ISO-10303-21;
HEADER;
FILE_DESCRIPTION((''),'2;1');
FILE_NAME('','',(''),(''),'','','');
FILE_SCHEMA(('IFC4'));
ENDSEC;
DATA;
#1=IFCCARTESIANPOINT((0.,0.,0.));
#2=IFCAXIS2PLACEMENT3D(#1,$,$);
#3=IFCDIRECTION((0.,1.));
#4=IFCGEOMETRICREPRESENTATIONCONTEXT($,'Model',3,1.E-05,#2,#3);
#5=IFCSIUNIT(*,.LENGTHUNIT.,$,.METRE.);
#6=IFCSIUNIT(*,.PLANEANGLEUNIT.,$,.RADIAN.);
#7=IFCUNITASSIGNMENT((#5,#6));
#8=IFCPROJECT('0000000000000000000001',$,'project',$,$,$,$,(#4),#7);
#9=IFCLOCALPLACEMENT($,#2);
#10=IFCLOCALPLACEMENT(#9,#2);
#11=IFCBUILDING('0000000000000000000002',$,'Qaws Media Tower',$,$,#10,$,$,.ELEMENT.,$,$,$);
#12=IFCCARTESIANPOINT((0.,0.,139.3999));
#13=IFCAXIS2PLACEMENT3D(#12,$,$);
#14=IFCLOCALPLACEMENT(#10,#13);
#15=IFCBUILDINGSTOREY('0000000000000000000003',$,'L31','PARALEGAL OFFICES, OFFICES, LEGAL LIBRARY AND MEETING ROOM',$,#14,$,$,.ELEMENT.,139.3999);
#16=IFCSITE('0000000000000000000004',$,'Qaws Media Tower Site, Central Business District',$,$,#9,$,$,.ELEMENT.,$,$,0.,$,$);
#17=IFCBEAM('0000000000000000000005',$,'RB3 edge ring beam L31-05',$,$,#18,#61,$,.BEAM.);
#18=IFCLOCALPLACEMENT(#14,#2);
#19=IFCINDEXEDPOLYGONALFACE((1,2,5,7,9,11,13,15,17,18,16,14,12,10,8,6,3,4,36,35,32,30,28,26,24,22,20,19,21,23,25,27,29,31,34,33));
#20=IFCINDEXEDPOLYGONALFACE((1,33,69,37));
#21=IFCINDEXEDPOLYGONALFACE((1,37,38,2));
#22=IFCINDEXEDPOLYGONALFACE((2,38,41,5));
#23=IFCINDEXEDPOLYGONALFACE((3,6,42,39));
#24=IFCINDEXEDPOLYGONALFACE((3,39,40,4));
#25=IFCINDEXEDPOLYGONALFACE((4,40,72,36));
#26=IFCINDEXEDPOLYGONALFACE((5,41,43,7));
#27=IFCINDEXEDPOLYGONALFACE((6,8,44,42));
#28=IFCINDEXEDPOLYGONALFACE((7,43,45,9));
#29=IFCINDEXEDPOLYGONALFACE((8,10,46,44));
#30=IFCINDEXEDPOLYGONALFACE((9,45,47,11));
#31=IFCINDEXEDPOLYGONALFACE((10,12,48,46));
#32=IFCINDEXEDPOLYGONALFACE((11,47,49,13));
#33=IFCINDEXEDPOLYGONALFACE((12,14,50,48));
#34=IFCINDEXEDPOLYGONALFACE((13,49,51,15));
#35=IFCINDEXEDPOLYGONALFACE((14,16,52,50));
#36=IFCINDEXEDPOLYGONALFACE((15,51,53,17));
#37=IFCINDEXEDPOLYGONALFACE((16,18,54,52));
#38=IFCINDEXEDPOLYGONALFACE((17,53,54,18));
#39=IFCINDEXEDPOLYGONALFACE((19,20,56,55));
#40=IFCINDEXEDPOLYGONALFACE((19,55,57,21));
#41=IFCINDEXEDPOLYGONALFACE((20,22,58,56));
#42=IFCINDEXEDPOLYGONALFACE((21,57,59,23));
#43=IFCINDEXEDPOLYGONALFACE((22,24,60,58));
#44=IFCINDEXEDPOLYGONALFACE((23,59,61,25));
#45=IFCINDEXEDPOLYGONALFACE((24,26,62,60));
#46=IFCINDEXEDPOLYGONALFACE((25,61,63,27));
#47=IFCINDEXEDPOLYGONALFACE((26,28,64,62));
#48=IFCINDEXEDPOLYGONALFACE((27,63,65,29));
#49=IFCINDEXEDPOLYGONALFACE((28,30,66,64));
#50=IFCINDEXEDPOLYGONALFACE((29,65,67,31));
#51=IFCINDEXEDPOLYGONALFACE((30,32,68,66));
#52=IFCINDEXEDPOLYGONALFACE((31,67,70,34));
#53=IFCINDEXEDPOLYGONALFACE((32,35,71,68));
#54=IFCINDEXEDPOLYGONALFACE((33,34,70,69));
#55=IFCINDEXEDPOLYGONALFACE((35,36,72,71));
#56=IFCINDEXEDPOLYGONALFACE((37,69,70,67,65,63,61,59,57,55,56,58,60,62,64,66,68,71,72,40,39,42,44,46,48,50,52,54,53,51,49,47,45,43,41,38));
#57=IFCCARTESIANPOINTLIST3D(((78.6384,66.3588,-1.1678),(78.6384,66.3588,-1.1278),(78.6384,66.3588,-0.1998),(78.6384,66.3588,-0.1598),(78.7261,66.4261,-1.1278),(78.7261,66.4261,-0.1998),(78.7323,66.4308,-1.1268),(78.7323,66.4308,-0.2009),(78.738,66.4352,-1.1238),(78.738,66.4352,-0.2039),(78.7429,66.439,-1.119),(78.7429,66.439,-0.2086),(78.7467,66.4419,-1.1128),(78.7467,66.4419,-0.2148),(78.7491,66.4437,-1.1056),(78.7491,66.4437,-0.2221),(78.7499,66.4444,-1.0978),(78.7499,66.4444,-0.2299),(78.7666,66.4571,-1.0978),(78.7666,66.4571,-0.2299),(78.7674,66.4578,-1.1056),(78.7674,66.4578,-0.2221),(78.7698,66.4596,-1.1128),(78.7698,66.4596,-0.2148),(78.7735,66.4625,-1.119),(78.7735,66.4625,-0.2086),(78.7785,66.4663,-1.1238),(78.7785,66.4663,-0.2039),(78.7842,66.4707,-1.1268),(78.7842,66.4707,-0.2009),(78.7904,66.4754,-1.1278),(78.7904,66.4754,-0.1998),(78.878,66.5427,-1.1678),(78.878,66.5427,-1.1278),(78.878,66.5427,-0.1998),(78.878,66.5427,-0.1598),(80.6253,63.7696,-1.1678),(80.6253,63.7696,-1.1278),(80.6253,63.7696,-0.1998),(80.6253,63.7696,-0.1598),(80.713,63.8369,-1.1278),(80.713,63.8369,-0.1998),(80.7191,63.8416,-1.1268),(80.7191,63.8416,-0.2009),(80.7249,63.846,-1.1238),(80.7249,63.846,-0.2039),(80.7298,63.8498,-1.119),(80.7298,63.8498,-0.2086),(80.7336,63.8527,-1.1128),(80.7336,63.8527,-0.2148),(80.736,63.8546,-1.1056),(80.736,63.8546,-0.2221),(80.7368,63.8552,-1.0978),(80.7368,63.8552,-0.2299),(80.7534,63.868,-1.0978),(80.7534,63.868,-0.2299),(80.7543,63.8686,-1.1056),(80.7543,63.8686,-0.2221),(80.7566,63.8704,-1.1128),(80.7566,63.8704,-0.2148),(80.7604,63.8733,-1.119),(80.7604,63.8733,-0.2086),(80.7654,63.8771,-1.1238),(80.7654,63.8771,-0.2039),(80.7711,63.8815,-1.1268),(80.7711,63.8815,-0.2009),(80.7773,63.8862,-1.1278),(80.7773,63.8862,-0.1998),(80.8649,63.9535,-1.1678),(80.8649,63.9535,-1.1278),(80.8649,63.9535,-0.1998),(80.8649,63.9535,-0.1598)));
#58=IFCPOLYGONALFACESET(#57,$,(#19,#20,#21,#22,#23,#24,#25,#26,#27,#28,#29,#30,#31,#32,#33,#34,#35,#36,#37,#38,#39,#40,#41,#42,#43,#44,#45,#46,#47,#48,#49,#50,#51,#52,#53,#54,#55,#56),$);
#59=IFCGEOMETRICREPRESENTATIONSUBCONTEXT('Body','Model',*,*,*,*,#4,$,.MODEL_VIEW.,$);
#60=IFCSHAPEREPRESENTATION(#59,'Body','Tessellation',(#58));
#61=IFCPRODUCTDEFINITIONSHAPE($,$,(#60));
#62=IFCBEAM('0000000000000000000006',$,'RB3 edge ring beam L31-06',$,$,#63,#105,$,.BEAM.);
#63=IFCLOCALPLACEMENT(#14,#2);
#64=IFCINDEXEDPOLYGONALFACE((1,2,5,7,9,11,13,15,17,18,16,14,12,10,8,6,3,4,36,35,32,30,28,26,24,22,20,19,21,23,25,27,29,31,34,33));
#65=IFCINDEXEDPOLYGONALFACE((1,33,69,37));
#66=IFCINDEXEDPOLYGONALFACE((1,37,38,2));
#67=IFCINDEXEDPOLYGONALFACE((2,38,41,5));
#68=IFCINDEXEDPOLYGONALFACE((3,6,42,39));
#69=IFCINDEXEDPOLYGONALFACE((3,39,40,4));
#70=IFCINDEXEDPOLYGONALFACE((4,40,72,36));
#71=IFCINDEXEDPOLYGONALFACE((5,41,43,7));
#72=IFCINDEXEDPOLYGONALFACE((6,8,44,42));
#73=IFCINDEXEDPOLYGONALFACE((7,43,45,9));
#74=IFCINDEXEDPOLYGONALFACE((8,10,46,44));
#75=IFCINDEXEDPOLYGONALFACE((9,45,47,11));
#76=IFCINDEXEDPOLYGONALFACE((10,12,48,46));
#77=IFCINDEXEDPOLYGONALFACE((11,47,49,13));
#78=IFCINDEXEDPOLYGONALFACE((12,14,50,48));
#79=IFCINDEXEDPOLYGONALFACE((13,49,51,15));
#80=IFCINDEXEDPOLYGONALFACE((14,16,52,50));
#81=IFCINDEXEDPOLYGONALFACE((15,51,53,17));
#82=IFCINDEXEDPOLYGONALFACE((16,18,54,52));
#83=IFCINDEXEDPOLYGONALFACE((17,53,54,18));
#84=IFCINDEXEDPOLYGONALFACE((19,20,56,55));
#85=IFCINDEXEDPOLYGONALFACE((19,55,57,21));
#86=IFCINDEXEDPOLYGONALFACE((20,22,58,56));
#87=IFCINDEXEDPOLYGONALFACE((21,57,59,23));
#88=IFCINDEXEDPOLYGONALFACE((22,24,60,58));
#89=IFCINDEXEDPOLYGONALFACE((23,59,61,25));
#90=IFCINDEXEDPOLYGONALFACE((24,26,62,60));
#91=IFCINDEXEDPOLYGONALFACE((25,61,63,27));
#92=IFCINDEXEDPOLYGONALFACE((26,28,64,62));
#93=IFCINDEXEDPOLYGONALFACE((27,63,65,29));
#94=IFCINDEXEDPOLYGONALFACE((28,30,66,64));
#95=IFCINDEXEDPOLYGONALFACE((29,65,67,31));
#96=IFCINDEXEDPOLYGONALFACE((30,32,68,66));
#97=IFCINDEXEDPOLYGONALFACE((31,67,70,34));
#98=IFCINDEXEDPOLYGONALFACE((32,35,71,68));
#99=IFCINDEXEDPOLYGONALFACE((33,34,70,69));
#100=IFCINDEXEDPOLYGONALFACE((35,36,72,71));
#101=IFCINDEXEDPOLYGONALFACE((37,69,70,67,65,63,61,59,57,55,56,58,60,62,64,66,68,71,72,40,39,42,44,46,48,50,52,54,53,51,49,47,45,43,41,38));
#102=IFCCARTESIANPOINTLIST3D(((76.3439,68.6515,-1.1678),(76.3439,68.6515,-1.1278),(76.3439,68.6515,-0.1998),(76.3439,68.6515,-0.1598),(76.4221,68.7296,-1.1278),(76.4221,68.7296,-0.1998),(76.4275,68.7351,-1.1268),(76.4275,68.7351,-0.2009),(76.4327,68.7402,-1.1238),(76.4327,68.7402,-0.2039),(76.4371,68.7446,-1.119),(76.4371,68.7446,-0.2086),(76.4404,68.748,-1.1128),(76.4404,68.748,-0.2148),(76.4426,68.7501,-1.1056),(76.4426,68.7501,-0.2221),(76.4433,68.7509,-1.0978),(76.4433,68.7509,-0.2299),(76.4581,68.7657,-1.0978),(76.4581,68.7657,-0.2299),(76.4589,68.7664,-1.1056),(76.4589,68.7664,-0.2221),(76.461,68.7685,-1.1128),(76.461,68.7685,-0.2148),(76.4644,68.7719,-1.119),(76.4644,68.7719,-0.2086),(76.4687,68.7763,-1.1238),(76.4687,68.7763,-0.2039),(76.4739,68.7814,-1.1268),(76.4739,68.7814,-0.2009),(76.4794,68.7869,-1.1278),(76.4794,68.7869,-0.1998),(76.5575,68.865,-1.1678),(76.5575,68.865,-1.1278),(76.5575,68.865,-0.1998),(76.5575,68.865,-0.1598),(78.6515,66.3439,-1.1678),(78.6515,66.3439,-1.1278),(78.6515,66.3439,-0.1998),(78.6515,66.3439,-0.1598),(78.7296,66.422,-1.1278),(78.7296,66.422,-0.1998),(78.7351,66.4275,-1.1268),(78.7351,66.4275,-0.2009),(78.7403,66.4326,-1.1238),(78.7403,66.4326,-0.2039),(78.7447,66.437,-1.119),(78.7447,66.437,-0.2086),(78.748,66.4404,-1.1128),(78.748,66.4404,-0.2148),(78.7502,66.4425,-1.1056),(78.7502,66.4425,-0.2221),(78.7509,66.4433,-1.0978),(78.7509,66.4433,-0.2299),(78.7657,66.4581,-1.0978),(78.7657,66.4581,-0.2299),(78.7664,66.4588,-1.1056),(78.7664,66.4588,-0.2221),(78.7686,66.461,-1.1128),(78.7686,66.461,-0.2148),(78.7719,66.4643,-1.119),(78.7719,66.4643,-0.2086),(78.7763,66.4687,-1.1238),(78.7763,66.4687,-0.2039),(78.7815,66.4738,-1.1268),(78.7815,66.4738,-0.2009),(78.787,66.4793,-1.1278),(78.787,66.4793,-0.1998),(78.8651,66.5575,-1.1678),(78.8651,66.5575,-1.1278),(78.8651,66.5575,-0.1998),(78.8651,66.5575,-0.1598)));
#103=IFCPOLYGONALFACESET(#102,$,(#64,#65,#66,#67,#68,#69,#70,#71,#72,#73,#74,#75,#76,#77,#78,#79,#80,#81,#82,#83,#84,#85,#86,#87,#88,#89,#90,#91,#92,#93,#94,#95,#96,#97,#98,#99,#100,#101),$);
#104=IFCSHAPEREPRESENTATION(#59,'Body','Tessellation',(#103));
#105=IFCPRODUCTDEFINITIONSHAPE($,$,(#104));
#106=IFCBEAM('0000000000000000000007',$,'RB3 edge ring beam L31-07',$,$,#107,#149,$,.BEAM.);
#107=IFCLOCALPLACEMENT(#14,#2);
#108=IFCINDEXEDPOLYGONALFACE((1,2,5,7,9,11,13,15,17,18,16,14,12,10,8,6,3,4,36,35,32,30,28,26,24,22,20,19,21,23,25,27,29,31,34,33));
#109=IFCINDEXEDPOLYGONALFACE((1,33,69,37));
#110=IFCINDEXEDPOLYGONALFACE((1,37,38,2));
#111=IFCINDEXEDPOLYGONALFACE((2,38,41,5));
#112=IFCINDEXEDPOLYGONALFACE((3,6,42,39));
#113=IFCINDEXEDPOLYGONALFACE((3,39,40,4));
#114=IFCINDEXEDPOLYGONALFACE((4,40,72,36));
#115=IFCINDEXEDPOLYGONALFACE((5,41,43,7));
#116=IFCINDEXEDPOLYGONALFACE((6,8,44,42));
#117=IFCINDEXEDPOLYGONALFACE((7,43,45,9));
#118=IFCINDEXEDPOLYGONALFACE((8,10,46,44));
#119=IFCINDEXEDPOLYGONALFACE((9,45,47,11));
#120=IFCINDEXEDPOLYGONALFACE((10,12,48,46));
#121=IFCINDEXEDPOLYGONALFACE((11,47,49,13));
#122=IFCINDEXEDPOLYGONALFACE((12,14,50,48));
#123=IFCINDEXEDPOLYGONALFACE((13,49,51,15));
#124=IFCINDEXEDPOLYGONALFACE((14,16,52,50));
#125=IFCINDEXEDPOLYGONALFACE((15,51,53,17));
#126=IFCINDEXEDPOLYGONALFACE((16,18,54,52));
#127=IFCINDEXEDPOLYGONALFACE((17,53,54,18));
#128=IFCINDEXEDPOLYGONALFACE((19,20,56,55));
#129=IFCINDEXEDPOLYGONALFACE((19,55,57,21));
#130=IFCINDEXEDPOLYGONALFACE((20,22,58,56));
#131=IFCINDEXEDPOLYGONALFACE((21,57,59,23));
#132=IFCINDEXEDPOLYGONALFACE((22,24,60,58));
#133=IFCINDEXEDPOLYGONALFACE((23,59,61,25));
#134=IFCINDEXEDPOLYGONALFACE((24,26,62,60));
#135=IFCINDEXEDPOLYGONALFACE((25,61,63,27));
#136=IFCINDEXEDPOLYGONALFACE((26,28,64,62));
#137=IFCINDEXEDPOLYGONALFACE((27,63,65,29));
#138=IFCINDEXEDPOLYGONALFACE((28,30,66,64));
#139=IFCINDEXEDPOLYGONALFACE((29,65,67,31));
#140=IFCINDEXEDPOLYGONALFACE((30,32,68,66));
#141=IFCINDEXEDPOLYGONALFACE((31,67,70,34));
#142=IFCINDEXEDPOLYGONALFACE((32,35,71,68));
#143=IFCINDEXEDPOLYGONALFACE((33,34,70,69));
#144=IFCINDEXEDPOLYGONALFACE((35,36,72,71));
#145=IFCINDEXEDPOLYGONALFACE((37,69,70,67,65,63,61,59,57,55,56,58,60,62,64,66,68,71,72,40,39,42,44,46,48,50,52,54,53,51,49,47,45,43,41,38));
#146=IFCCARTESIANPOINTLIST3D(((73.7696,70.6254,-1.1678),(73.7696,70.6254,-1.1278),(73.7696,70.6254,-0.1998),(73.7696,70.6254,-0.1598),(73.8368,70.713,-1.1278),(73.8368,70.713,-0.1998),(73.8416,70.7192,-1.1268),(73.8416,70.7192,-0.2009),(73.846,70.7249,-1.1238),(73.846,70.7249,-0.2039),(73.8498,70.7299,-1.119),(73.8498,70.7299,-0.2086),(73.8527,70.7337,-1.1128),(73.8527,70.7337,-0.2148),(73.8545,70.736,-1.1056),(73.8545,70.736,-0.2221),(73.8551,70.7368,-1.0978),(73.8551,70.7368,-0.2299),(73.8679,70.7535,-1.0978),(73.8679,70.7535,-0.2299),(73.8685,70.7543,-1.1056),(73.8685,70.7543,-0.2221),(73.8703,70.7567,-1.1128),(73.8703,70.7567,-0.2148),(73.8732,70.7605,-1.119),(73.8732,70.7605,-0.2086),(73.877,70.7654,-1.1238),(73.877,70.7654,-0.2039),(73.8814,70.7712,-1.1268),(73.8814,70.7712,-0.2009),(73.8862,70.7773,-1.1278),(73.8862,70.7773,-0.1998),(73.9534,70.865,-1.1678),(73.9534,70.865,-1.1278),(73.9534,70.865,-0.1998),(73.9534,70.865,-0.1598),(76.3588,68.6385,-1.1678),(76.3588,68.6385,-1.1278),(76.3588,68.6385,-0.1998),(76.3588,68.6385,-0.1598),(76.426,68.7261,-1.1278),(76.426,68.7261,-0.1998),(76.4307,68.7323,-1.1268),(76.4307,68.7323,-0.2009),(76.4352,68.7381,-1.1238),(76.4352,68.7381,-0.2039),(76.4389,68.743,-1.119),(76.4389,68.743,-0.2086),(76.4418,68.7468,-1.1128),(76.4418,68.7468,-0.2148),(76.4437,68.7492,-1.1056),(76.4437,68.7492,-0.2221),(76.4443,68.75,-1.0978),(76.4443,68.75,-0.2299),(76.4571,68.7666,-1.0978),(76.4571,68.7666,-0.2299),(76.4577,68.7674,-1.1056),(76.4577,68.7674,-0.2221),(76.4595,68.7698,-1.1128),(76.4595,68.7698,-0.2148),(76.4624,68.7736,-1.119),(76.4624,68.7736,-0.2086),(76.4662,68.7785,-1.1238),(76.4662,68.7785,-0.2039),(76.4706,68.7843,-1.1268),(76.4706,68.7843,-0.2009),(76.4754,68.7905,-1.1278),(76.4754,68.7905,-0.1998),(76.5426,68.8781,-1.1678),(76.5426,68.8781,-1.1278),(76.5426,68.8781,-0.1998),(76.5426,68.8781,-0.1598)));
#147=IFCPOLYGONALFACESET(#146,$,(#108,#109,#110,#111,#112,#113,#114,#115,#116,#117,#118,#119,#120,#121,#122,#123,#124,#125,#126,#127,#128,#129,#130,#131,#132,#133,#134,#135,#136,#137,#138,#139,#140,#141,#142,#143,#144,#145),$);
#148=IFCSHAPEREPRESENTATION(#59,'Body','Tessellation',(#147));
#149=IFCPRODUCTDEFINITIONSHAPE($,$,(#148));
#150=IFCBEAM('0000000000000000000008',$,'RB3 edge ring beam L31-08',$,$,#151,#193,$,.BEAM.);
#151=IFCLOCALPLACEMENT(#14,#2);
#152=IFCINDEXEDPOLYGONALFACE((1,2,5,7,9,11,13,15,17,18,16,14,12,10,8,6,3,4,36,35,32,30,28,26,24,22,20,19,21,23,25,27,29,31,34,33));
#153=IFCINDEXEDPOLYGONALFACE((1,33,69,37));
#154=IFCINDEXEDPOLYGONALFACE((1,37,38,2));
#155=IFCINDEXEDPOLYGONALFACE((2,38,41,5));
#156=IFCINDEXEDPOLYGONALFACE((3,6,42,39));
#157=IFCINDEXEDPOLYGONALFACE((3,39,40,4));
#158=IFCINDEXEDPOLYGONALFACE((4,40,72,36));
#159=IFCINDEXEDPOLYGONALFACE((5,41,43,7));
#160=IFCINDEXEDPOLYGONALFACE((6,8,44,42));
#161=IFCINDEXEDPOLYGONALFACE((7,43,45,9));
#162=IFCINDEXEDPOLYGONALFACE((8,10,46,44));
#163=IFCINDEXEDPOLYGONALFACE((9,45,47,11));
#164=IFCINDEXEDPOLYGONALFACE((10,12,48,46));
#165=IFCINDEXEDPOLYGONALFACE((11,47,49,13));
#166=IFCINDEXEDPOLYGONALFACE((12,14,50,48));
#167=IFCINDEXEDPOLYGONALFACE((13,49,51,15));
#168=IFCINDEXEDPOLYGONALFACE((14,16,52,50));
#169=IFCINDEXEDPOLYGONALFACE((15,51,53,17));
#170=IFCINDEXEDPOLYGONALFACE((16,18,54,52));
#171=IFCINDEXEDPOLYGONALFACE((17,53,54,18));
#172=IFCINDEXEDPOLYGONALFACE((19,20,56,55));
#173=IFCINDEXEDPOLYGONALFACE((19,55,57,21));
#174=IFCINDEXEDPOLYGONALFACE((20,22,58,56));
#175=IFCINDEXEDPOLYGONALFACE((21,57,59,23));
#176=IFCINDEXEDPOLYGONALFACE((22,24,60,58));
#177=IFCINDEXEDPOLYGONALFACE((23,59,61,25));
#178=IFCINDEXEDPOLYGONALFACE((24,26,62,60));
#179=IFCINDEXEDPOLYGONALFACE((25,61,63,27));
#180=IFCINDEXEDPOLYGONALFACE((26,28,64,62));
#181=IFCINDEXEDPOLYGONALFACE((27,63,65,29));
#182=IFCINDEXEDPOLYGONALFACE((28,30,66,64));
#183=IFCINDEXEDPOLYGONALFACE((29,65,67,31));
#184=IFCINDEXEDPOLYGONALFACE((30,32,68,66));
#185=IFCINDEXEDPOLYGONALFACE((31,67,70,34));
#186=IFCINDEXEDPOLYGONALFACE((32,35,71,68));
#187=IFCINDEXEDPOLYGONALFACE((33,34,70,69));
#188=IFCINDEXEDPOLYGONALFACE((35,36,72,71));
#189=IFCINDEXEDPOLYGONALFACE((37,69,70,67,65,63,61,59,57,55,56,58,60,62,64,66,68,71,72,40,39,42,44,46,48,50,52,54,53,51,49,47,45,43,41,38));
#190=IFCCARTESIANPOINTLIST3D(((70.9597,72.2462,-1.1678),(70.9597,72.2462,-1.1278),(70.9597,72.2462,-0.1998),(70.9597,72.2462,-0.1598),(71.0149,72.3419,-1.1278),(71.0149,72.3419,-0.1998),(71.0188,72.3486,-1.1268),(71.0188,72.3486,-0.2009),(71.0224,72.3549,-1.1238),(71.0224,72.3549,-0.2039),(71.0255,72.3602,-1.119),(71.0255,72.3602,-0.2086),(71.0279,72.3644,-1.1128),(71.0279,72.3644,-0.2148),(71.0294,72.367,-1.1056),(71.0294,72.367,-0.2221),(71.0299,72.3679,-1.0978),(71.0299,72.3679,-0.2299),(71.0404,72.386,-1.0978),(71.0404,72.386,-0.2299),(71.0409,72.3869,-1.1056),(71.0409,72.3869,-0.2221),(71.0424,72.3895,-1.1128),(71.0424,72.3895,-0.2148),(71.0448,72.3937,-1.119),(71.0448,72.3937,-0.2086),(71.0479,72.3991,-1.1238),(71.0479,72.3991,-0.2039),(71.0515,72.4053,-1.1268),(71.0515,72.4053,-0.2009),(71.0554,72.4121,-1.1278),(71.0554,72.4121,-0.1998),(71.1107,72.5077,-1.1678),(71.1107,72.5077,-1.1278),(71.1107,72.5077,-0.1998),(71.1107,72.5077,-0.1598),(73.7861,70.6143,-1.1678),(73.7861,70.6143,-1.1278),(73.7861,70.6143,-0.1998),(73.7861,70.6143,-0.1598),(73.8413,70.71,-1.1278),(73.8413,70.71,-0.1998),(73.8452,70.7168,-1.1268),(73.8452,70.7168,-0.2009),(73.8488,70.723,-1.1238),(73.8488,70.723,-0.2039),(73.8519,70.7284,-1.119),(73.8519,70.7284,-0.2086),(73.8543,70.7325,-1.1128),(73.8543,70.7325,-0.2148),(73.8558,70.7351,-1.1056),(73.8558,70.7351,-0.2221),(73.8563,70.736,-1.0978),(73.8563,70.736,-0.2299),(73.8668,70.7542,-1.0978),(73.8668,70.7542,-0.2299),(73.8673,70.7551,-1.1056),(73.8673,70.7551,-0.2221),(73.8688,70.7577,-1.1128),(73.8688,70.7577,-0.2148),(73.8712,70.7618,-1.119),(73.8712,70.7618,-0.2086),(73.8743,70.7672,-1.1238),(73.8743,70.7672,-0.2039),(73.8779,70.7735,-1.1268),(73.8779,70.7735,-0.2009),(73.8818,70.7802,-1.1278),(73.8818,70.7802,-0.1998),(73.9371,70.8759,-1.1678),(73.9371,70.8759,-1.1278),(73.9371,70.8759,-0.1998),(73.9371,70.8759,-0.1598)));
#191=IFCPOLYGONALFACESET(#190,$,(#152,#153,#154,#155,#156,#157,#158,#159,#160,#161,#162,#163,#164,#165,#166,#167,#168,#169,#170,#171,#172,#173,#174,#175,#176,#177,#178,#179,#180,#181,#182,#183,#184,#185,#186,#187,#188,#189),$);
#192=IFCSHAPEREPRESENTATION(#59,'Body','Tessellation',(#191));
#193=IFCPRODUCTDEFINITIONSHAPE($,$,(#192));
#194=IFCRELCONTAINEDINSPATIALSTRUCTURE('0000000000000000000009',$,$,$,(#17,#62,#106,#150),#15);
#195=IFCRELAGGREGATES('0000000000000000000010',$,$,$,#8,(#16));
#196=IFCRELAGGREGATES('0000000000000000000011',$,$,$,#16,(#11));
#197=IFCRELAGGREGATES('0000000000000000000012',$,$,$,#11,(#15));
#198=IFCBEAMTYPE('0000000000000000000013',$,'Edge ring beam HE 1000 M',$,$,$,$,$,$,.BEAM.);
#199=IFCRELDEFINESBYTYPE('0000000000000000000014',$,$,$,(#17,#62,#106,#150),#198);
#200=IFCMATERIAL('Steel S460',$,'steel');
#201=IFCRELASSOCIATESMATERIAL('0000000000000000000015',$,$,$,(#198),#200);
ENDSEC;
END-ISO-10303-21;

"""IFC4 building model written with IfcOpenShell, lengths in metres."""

from ifc_helpers import new_model, si_unit, direction, frame, origin, origin_2d, place, context, subcontext, project, spatial, i_section, extrude, material, material_profile, profile_set, type_object, element, save


model = new_model("IFC4")

# Units and contexts
model_context = context("Model", 3, precision=1e-05, world=origin(), true_north=direction((0.0, 1.0)))
body_context = subcontext(model_context, "Body", "Model", "MODEL_VIEW")
ifc_project = project(units=[si_unit("LENGTHUNIT", "METRE"), si_unit("PLANEANGLEUNIT", "RADIAN")], contexts=[model_context])

# Site, building, storey
site_placement = place(None, origin())
site = spatial("IfcSite", under=ifc_project, at=site_placement, Name="Qaws Media Tower Site, Central Business District", CompositionType="ELEMENT", RefElevation=0.0)
building_placement = place(site_placement, origin())
building = spatial("IfcBuilding", under=site, at=building_placement, Name="Qaws Media Tower", CompositionType="ELEMENT")
storey_placement = place(building_placement, frame((0.0, 0.0, 139.3999)))
storey = spatial("IfcBuildingStorey", under=building, at=storey_placement, Name="L31", Description="PARALEGAL OFFICES, OFFICES, LEGAL LIBRARY AND MEETING ROOM", CompositionType="ELEMENT", Elevation=139.3999)

# Beams
ifc_material_1 = material(Name="Steel S460", Category="steel")
ifc_material_profile_1 = material_profile(ifc_material_1, i_section(OverallWidth=0.302, OverallDepth=1.0081, WebThickness=0.021, FlangeThickness=0.04, FilletRadius=0.03, at=origin_2d()), Name="HE 1000 M")
ifc_profile_set_1 = profile_set([ifc_material_profile_1], Name="Steel S460")
beam_type = type_object("IfcBeamType", Name="Edge ring beam HE 1000 M", PredefinedType="BEAM", material=ifc_profile_set_1)
beam_1_placement = place(storey_placement, frame((80.7451, 63.8616, -0.6638), z_axis=(-0.608785, 0.793335, 0.0), x_axis=(-0.793335, -0.608785, 0.0)))
element("IfcBeam", 1, at=beam_1_placement, inside=storey, type_object=beam_type, Name="RB3 edge ring beam L31-05", PredefinedType="BEAM", context=body_context, shape_type="SweptSolid", body=[
    extrude(i_section(OverallWidth=0.302, OverallDepth=1.0081, WebThickness=0.021, FlangeThickness=0.04, FilletRadius=0.03, at=origin_2d()), origin(), (0.0, 0.0, 1.0), 3.2637),
])
beam_2_placement = place(storey_placement, frame((78.7583, 66.4507, -0.6638), z_axis=(-0.707107, 0.707107, 0.0), x_axis=(-0.707107, -0.707107, 0.0)))
element("IfcBeam", 2, at=beam_2_placement, inside=storey, type_object=beam_type, Name="RB3 edge ring beam L31-06", PredefinedType="BEAM", context=body_context, shape_type="SweptSolid", body=[
    extrude(i_section(OverallWidth=0.302, OverallDepth=1.0081, WebThickness=0.021, FlangeThickness=0.04, FilletRadius=0.03, at=origin_2d()), origin(), (0.0, 0.0, 1.0), 3.2634),
])
for number, where, z_axis, x_axis, name in (
    (3, (76.4507, 68.7583, -0.6638), (-0.793335, 0.608785, 0.0), (-0.608785, -0.793335, 0.0), "RB3 edge ring beam L31-07"),
    (4, (73.8616, 70.7451, -0.6638), (-0.866025, 0.500001, 0.0), (-0.500001, -0.866025, 0.0), "RB3 edge ring beam L31-08"),
):
    element("IfcBeam", number, at=place(storey_placement, frame(where, z_axis=z_axis, x_axis=x_axis)), inside=storey, type_object=beam_type, Name=name, PredefinedType="BEAM", context=body_context, shape_type="SweptSolid", body=[
        extrude(i_section(OverallWidth=0.302, OverallDepth=1.0081, WebThickness=0.021, FlangeThickness=0.04, FilletRadius=0.03, at=origin_2d()), origin(), (0.0, 0.0, 1.0), 3.2637),
    ])

save(model, "model.ifc")
